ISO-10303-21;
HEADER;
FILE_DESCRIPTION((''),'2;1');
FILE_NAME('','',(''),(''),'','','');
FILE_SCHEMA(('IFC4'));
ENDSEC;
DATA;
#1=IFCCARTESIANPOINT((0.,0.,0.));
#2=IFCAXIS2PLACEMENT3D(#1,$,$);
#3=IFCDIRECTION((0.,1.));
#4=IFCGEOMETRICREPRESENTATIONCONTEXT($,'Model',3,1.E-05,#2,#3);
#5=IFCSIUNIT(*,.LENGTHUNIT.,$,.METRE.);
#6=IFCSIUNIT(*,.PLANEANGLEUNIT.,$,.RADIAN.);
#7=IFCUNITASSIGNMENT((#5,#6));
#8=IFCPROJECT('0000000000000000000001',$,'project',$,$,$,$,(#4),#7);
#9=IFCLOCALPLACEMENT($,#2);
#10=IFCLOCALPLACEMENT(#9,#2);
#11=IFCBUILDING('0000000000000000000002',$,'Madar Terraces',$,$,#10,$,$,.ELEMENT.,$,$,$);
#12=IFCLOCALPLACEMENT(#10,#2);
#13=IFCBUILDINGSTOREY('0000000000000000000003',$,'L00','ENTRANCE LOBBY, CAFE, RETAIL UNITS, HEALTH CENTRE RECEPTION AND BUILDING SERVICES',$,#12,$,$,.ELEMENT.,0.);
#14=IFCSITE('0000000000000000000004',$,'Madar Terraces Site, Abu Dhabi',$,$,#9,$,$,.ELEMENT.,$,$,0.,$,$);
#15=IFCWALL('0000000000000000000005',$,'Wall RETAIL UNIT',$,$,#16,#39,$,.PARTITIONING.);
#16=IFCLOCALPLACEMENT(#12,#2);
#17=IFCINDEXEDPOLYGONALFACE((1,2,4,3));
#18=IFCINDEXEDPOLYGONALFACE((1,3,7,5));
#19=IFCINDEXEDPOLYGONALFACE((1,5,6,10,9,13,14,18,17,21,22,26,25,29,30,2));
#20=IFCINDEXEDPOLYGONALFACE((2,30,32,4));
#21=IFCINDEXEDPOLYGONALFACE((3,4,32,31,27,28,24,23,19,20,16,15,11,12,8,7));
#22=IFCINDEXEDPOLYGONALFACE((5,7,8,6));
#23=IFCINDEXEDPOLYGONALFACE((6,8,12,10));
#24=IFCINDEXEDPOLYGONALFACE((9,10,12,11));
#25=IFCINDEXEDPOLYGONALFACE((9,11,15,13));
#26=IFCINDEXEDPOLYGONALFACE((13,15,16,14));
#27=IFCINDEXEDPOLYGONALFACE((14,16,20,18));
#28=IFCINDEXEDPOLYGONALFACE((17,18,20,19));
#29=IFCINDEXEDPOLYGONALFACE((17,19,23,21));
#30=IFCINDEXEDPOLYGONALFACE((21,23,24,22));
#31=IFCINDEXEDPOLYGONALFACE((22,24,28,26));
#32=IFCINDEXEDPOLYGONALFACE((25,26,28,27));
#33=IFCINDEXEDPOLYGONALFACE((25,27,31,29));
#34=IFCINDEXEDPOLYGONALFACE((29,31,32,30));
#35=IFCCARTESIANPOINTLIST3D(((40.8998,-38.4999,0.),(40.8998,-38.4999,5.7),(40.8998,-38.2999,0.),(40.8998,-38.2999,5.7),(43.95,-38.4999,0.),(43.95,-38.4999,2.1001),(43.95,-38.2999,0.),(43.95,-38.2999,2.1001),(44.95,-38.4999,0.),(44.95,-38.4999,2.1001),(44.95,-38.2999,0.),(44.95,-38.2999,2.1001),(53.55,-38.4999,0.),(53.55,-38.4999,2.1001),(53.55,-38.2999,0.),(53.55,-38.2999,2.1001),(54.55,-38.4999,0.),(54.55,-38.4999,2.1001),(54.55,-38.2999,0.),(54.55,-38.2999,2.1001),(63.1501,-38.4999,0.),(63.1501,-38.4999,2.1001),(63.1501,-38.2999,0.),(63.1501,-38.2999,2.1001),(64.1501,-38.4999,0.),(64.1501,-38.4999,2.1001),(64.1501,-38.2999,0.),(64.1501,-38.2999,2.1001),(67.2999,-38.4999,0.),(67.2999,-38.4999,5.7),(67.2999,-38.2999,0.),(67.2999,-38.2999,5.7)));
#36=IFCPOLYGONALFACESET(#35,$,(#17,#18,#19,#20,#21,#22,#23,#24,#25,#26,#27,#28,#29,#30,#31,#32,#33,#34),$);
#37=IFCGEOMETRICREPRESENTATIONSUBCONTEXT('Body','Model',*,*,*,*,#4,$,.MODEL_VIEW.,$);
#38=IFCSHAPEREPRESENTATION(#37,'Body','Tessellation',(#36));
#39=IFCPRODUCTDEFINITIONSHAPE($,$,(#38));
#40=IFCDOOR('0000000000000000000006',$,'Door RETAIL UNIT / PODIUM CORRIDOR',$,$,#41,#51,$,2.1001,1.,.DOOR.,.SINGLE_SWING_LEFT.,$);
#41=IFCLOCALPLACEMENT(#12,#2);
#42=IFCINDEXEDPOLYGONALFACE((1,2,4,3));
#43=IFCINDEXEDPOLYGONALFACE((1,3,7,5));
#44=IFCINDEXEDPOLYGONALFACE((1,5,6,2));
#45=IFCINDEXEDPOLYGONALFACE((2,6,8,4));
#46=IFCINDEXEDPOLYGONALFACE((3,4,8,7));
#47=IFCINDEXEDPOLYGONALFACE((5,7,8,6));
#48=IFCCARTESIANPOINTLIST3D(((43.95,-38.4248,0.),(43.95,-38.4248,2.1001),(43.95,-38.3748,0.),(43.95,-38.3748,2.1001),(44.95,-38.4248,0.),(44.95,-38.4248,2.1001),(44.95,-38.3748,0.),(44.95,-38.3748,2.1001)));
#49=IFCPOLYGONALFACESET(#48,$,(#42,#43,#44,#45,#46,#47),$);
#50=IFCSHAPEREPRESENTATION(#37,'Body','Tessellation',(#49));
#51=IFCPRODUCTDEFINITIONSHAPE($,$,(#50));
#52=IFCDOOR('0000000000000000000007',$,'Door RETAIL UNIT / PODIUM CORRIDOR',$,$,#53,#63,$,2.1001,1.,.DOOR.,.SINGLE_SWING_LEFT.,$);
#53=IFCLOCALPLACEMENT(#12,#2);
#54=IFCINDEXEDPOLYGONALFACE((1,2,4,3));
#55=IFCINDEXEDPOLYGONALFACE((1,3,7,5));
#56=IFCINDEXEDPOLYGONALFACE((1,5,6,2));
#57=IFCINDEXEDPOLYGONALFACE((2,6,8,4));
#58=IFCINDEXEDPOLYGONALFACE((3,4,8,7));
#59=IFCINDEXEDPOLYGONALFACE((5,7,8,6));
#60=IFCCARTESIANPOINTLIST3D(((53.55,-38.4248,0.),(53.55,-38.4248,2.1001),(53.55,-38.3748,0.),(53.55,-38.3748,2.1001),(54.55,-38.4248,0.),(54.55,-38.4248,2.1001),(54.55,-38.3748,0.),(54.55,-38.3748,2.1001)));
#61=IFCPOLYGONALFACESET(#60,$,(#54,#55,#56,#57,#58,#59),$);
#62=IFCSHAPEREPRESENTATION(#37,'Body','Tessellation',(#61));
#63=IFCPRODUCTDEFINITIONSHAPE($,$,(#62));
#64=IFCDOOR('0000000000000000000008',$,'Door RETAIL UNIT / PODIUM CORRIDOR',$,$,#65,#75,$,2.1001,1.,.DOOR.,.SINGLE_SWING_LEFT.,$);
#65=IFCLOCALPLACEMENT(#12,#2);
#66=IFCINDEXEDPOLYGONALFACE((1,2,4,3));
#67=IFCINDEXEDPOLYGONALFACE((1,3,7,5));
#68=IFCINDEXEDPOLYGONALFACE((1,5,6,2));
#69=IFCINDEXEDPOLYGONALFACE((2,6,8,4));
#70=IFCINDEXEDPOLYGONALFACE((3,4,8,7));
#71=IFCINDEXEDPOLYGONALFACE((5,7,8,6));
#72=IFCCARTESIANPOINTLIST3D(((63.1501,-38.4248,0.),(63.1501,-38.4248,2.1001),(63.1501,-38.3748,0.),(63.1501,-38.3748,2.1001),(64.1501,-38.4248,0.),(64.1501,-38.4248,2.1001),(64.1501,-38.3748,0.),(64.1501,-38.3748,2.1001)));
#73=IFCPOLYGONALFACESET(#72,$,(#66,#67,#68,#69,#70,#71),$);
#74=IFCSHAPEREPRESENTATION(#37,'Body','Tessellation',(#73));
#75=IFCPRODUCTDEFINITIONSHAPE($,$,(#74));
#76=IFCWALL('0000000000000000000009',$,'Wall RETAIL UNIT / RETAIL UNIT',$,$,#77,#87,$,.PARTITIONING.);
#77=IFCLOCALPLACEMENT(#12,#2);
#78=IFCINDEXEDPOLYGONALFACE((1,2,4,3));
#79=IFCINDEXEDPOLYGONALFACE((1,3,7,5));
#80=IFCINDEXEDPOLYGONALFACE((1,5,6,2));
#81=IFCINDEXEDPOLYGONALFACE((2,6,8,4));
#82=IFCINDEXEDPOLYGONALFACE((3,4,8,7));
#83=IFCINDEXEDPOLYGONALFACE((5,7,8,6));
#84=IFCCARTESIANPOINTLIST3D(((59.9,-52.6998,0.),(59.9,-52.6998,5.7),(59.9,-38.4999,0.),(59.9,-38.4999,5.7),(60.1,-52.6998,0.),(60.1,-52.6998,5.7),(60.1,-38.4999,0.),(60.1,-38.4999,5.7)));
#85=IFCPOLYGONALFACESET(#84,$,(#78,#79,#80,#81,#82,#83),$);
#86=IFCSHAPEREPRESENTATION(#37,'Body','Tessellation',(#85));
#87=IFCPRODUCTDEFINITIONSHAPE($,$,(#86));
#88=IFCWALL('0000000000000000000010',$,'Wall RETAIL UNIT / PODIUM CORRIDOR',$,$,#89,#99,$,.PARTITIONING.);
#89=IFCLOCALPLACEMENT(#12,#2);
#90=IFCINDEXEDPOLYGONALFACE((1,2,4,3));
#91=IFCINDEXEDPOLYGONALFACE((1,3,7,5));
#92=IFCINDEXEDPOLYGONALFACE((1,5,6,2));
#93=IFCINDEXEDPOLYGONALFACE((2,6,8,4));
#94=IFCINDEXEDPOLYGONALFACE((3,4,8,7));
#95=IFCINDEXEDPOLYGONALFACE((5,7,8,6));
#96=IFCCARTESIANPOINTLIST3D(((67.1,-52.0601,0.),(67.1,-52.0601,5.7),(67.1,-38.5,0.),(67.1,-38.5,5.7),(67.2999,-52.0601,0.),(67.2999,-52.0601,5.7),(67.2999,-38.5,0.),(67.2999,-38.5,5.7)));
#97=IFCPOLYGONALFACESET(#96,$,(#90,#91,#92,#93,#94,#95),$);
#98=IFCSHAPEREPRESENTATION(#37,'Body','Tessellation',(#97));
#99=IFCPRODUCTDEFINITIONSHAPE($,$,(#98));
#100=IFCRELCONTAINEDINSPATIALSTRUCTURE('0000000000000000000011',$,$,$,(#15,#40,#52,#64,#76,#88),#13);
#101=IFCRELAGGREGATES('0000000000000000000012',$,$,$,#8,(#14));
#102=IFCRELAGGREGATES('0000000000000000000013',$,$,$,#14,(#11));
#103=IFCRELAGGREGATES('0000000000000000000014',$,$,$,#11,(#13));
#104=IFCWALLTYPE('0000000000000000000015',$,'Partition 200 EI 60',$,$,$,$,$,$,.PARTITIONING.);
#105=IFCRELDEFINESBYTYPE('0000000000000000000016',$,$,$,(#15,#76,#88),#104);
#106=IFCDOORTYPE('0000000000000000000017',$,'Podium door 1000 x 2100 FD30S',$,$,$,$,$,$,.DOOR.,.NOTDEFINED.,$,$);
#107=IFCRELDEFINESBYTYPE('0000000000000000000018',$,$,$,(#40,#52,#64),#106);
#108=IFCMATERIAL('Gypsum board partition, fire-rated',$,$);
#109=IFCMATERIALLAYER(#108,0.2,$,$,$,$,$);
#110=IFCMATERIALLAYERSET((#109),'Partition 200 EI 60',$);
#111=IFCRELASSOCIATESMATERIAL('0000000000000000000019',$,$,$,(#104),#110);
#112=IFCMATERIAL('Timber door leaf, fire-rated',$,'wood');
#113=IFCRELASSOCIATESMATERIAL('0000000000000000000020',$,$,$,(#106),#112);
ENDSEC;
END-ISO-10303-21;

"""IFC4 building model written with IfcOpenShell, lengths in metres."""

from ifc_helpers import new_model, si_unit, direction, frame, frame_2d, origin, place, context, subcontext, project, spatial, rectangle, extrude, material, layer, layer_set, type_object, element, fill, save


model = new_model("IFC4")

# Units and contexts
model_context = context("Model", 3, precision=1e-05, world=origin(), true_north=direction((0.0, 1.0)))
body_context = subcontext(model_context, "Body", "Model", "MODEL_VIEW")
ifc_project = project(units=[si_unit("LENGTHUNIT", "METRE"), si_unit("PLANEANGLEUNIT", "RADIAN")], contexts=[model_context])

# Site, building, storey
site_placement = place(None, origin())
site = spatial("IfcSite", under=ifc_project, at=site_placement, Name="Madar Terraces Site, Abu Dhabi", CompositionType="ELEMENT", RefElevation=0.0)
building_placement = place(site_placement, origin())
building = spatial("IfcBuilding", under=site, at=building_placement, Name="Madar Terraces", CompositionType="ELEMENT")
storey_placement = place(building_placement, origin())
storey = spatial("IfcBuildingStorey", under=building, at=storey_placement, Name="L00", Description="ENTRANCE LOBBY, CAFE, RETAIL UNITS, HEALTH CENTRE RECEPTION AND BUILDING SERVICES", CompositionType="ELEMENT", Elevation=0.0)

# Wall, openings, doors
ifc_material_1 = material(Name="Gypsum board partition, fire-rated")
ifc_layer_1 = layer(ifc_material_1, 0.2)
ifc_layer_set_1 = layer_set([ifc_layer_1], Name="Partition 200 EI 60")
wall_type_1 = type_object("IfcWallType", Name="Partition 200 EI 60", PredefinedType="PARTITIONING", material=ifc_layer_set_1)
wall_1_placement = place(storey_placement, frame((67.3, -38.3999, 0.0), z_axis=(0.0, 0.0, 1.0), x_axis=(-1.0, 0.0, 0.0)))
wall_1 = element("IfcWall", 1, at=wall_1_placement, inside=storey, type_object=wall_type_1, Name="Wall RETAIL UNIT", PredefinedType="PARTITIONING", context=body_context, shape_type="SweptSolid", body=[
    extrude(rectangle(XDim=26.4001, YDim=0.2, at=frame_2d((13.2002, 0.0))), origin(), (0.0, 0.0, 1.0), 5.7),
])
opening_1_placement = place(wall_1_placement, frame((22.3501, 0.0, 0.0)))
opening_1 = element("IfcOpeningElement", 2, at=opening_1_placement, cuts=wall_1, PredefinedType="OPENING", context=body_context, shape_type="SweptSolid", body=[
    extrude(rectangle(XDim=1.0, YDim=2.1001, at=frame_2d((0.5, 1.05))), frame((0.0, 0.1099, 0.0), z_axis=(0.0, -1.0, 0.0), x_axis=(1.0, 0.0, 0.0)), (0.0, 0.0, 1.0), 0.22),
])
opening_2_placement = place(wall_1_placement, frame((12.75, 0.0, 0.0)))
opening_2 = element("IfcOpeningElement", 3, at=opening_2_placement, cuts=wall_1, PredefinedType="OPENING", context=body_context, shape_type="SweptSolid", body=[
    extrude(rectangle(XDim=1.0, YDim=2.1001, at=frame_2d((0.5, 1.05))), frame((0.0, 0.1099, 0.0), z_axis=(0.0, -1.0, 0.0), x_axis=(1.0, 0.0, 0.0)), (0.0, 0.0, 1.0), 0.22),
])
opening_3_placement = place(wall_1_placement, frame((3.1499, 0.0, 0.0)))
opening_3 = element("IfcOpeningElement", 4, at=opening_3_placement, cuts=wall_1, PredefinedType="OPENING", context=body_context, shape_type="SweptSolid", body=[
    extrude(rectangle(XDim=1.0, YDim=2.1001, at=frame_2d((0.5, 1.05))), frame((0.0, 0.1099, 0.0), z_axis=(0.0, -1.0, 0.0), x_axis=(1.0, 0.0, 0.0)), (0.0, 0.0, 1.0), 0.22),
])
ifc_material_2 = material(Name="Timber door leaf, fire-rated", Category="wood")
door_type_1 = type_object("IfcDoorType", Name="Podium door 1000 x 2100 FD30S", OperationType="NOTDEFINED", PredefinedType="DOOR", material=ifc_material_2)
door_1_placement = place(opening_1_placement, origin())
door_1 = element("IfcDoor", 5, at=door_1_placement, inside=storey, type_object=door_type_1, Name="Door RETAIL UNIT / PODIUM CORRIDOR", OperationType="SINGLE_SWING_LEFT", OverallHeight=2.1001, OverallWidth=1.0, PredefinedType="DOOR", context=body_context, shape_type="SweptSolid", body=[
    extrude(rectangle(XDim=1.0, YDim=2.1001, at=frame_2d((0.5, 1.05))), frame((0.0, 0.0249, 0.0), z_axis=(0.0, -1.0, 0.0), x_axis=(1.0, 0.0, 0.0)), (0.0, 0.0, 1.0), 0.05),
])
fill(opening_1, door_1)
door_2_placement = place(opening_2_placement, origin())
door_2 = element("IfcDoor", 6, at=door_2_placement, inside=storey, type_object=door_type_1, Name="Door RETAIL UNIT / PODIUM CORRIDOR", OperationType="SINGLE_SWING_LEFT", OverallHeight=2.1001, OverallWidth=1.0, PredefinedType="DOOR", context=body_context, shape_type="SweptSolid", body=[
    extrude(rectangle(XDim=1.0, YDim=2.1001, at=frame_2d((0.5, 1.05))), frame((0.0, 0.0249, 0.0), z_axis=(0.0, -1.0, 0.0), x_axis=(1.0, 0.0, 0.0)), (0.0, 0.0, 1.0), 0.05),
])
fill(opening_2, door_2)
door_3_placement = place(opening_3_placement, origin())
door_3 = element("IfcDoor", 7, at=door_3_placement, inside=storey, type_object=door_type_1, Name="Door RETAIL UNIT / PODIUM CORRIDOR", OperationType="SINGLE_SWING_LEFT", OverallHeight=2.1001, OverallWidth=1.0, PredefinedType="DOOR", context=body_context, shape_type="SweptSolid", body=[
    extrude(rectangle(XDim=1.0, YDim=2.1001, at=frame_2d((0.5, 1.05))), frame((0.0, 0.0249, 0.0), z_axis=(0.0, -1.0, 0.0), x_axis=(1.0, 0.0, 0.0)), (0.0, 0.0, 1.0), 0.05),
])
fill(opening_3, door_3)

# Walls
wall_2_placement = place(storey_placement, frame((60.0, -52.7, 0.0), z_axis=(0.0, 0.0, 1.0), x_axis=(0.0, 1.0, 0.0)))
element("IfcWall", 8, at=wall_2_placement, inside=storey, type_object=wall_type_1, Name="Wall RETAIL UNIT / RETAIL UNIT", PredefinedType="PARTITIONING", context=body_context, shape_type="SweptSolid", body=[
    extrude(rectangle(XDim=14.2, YDim=0.2, at=frame_2d((7.1001, 0.0))), origin(), (0.0, 0.0, 1.0), 5.7),
])
wall_3_placement = place(storey_placement, frame((67.2, -52.0601, 0.0), z_axis=(0.0, 0.0, 1.0), x_axis=(0.0, 1.0, 0.0)))
element("IfcWall", 9, at=wall_3_placement, inside=storey, type_object=wall_type_1, Name="Wall RETAIL UNIT / PODIUM CORRIDOR", PredefinedType="PARTITIONING", context=body_context, shape_type="SweptSolid", body=[
    extrude(rectangle(XDim=13.5601, YDim=0.2, at=frame_2d((6.78, 0.0))), origin(), (0.0, 0.0, 1.0), 5.7),
])

save(model, "model.ifc")
